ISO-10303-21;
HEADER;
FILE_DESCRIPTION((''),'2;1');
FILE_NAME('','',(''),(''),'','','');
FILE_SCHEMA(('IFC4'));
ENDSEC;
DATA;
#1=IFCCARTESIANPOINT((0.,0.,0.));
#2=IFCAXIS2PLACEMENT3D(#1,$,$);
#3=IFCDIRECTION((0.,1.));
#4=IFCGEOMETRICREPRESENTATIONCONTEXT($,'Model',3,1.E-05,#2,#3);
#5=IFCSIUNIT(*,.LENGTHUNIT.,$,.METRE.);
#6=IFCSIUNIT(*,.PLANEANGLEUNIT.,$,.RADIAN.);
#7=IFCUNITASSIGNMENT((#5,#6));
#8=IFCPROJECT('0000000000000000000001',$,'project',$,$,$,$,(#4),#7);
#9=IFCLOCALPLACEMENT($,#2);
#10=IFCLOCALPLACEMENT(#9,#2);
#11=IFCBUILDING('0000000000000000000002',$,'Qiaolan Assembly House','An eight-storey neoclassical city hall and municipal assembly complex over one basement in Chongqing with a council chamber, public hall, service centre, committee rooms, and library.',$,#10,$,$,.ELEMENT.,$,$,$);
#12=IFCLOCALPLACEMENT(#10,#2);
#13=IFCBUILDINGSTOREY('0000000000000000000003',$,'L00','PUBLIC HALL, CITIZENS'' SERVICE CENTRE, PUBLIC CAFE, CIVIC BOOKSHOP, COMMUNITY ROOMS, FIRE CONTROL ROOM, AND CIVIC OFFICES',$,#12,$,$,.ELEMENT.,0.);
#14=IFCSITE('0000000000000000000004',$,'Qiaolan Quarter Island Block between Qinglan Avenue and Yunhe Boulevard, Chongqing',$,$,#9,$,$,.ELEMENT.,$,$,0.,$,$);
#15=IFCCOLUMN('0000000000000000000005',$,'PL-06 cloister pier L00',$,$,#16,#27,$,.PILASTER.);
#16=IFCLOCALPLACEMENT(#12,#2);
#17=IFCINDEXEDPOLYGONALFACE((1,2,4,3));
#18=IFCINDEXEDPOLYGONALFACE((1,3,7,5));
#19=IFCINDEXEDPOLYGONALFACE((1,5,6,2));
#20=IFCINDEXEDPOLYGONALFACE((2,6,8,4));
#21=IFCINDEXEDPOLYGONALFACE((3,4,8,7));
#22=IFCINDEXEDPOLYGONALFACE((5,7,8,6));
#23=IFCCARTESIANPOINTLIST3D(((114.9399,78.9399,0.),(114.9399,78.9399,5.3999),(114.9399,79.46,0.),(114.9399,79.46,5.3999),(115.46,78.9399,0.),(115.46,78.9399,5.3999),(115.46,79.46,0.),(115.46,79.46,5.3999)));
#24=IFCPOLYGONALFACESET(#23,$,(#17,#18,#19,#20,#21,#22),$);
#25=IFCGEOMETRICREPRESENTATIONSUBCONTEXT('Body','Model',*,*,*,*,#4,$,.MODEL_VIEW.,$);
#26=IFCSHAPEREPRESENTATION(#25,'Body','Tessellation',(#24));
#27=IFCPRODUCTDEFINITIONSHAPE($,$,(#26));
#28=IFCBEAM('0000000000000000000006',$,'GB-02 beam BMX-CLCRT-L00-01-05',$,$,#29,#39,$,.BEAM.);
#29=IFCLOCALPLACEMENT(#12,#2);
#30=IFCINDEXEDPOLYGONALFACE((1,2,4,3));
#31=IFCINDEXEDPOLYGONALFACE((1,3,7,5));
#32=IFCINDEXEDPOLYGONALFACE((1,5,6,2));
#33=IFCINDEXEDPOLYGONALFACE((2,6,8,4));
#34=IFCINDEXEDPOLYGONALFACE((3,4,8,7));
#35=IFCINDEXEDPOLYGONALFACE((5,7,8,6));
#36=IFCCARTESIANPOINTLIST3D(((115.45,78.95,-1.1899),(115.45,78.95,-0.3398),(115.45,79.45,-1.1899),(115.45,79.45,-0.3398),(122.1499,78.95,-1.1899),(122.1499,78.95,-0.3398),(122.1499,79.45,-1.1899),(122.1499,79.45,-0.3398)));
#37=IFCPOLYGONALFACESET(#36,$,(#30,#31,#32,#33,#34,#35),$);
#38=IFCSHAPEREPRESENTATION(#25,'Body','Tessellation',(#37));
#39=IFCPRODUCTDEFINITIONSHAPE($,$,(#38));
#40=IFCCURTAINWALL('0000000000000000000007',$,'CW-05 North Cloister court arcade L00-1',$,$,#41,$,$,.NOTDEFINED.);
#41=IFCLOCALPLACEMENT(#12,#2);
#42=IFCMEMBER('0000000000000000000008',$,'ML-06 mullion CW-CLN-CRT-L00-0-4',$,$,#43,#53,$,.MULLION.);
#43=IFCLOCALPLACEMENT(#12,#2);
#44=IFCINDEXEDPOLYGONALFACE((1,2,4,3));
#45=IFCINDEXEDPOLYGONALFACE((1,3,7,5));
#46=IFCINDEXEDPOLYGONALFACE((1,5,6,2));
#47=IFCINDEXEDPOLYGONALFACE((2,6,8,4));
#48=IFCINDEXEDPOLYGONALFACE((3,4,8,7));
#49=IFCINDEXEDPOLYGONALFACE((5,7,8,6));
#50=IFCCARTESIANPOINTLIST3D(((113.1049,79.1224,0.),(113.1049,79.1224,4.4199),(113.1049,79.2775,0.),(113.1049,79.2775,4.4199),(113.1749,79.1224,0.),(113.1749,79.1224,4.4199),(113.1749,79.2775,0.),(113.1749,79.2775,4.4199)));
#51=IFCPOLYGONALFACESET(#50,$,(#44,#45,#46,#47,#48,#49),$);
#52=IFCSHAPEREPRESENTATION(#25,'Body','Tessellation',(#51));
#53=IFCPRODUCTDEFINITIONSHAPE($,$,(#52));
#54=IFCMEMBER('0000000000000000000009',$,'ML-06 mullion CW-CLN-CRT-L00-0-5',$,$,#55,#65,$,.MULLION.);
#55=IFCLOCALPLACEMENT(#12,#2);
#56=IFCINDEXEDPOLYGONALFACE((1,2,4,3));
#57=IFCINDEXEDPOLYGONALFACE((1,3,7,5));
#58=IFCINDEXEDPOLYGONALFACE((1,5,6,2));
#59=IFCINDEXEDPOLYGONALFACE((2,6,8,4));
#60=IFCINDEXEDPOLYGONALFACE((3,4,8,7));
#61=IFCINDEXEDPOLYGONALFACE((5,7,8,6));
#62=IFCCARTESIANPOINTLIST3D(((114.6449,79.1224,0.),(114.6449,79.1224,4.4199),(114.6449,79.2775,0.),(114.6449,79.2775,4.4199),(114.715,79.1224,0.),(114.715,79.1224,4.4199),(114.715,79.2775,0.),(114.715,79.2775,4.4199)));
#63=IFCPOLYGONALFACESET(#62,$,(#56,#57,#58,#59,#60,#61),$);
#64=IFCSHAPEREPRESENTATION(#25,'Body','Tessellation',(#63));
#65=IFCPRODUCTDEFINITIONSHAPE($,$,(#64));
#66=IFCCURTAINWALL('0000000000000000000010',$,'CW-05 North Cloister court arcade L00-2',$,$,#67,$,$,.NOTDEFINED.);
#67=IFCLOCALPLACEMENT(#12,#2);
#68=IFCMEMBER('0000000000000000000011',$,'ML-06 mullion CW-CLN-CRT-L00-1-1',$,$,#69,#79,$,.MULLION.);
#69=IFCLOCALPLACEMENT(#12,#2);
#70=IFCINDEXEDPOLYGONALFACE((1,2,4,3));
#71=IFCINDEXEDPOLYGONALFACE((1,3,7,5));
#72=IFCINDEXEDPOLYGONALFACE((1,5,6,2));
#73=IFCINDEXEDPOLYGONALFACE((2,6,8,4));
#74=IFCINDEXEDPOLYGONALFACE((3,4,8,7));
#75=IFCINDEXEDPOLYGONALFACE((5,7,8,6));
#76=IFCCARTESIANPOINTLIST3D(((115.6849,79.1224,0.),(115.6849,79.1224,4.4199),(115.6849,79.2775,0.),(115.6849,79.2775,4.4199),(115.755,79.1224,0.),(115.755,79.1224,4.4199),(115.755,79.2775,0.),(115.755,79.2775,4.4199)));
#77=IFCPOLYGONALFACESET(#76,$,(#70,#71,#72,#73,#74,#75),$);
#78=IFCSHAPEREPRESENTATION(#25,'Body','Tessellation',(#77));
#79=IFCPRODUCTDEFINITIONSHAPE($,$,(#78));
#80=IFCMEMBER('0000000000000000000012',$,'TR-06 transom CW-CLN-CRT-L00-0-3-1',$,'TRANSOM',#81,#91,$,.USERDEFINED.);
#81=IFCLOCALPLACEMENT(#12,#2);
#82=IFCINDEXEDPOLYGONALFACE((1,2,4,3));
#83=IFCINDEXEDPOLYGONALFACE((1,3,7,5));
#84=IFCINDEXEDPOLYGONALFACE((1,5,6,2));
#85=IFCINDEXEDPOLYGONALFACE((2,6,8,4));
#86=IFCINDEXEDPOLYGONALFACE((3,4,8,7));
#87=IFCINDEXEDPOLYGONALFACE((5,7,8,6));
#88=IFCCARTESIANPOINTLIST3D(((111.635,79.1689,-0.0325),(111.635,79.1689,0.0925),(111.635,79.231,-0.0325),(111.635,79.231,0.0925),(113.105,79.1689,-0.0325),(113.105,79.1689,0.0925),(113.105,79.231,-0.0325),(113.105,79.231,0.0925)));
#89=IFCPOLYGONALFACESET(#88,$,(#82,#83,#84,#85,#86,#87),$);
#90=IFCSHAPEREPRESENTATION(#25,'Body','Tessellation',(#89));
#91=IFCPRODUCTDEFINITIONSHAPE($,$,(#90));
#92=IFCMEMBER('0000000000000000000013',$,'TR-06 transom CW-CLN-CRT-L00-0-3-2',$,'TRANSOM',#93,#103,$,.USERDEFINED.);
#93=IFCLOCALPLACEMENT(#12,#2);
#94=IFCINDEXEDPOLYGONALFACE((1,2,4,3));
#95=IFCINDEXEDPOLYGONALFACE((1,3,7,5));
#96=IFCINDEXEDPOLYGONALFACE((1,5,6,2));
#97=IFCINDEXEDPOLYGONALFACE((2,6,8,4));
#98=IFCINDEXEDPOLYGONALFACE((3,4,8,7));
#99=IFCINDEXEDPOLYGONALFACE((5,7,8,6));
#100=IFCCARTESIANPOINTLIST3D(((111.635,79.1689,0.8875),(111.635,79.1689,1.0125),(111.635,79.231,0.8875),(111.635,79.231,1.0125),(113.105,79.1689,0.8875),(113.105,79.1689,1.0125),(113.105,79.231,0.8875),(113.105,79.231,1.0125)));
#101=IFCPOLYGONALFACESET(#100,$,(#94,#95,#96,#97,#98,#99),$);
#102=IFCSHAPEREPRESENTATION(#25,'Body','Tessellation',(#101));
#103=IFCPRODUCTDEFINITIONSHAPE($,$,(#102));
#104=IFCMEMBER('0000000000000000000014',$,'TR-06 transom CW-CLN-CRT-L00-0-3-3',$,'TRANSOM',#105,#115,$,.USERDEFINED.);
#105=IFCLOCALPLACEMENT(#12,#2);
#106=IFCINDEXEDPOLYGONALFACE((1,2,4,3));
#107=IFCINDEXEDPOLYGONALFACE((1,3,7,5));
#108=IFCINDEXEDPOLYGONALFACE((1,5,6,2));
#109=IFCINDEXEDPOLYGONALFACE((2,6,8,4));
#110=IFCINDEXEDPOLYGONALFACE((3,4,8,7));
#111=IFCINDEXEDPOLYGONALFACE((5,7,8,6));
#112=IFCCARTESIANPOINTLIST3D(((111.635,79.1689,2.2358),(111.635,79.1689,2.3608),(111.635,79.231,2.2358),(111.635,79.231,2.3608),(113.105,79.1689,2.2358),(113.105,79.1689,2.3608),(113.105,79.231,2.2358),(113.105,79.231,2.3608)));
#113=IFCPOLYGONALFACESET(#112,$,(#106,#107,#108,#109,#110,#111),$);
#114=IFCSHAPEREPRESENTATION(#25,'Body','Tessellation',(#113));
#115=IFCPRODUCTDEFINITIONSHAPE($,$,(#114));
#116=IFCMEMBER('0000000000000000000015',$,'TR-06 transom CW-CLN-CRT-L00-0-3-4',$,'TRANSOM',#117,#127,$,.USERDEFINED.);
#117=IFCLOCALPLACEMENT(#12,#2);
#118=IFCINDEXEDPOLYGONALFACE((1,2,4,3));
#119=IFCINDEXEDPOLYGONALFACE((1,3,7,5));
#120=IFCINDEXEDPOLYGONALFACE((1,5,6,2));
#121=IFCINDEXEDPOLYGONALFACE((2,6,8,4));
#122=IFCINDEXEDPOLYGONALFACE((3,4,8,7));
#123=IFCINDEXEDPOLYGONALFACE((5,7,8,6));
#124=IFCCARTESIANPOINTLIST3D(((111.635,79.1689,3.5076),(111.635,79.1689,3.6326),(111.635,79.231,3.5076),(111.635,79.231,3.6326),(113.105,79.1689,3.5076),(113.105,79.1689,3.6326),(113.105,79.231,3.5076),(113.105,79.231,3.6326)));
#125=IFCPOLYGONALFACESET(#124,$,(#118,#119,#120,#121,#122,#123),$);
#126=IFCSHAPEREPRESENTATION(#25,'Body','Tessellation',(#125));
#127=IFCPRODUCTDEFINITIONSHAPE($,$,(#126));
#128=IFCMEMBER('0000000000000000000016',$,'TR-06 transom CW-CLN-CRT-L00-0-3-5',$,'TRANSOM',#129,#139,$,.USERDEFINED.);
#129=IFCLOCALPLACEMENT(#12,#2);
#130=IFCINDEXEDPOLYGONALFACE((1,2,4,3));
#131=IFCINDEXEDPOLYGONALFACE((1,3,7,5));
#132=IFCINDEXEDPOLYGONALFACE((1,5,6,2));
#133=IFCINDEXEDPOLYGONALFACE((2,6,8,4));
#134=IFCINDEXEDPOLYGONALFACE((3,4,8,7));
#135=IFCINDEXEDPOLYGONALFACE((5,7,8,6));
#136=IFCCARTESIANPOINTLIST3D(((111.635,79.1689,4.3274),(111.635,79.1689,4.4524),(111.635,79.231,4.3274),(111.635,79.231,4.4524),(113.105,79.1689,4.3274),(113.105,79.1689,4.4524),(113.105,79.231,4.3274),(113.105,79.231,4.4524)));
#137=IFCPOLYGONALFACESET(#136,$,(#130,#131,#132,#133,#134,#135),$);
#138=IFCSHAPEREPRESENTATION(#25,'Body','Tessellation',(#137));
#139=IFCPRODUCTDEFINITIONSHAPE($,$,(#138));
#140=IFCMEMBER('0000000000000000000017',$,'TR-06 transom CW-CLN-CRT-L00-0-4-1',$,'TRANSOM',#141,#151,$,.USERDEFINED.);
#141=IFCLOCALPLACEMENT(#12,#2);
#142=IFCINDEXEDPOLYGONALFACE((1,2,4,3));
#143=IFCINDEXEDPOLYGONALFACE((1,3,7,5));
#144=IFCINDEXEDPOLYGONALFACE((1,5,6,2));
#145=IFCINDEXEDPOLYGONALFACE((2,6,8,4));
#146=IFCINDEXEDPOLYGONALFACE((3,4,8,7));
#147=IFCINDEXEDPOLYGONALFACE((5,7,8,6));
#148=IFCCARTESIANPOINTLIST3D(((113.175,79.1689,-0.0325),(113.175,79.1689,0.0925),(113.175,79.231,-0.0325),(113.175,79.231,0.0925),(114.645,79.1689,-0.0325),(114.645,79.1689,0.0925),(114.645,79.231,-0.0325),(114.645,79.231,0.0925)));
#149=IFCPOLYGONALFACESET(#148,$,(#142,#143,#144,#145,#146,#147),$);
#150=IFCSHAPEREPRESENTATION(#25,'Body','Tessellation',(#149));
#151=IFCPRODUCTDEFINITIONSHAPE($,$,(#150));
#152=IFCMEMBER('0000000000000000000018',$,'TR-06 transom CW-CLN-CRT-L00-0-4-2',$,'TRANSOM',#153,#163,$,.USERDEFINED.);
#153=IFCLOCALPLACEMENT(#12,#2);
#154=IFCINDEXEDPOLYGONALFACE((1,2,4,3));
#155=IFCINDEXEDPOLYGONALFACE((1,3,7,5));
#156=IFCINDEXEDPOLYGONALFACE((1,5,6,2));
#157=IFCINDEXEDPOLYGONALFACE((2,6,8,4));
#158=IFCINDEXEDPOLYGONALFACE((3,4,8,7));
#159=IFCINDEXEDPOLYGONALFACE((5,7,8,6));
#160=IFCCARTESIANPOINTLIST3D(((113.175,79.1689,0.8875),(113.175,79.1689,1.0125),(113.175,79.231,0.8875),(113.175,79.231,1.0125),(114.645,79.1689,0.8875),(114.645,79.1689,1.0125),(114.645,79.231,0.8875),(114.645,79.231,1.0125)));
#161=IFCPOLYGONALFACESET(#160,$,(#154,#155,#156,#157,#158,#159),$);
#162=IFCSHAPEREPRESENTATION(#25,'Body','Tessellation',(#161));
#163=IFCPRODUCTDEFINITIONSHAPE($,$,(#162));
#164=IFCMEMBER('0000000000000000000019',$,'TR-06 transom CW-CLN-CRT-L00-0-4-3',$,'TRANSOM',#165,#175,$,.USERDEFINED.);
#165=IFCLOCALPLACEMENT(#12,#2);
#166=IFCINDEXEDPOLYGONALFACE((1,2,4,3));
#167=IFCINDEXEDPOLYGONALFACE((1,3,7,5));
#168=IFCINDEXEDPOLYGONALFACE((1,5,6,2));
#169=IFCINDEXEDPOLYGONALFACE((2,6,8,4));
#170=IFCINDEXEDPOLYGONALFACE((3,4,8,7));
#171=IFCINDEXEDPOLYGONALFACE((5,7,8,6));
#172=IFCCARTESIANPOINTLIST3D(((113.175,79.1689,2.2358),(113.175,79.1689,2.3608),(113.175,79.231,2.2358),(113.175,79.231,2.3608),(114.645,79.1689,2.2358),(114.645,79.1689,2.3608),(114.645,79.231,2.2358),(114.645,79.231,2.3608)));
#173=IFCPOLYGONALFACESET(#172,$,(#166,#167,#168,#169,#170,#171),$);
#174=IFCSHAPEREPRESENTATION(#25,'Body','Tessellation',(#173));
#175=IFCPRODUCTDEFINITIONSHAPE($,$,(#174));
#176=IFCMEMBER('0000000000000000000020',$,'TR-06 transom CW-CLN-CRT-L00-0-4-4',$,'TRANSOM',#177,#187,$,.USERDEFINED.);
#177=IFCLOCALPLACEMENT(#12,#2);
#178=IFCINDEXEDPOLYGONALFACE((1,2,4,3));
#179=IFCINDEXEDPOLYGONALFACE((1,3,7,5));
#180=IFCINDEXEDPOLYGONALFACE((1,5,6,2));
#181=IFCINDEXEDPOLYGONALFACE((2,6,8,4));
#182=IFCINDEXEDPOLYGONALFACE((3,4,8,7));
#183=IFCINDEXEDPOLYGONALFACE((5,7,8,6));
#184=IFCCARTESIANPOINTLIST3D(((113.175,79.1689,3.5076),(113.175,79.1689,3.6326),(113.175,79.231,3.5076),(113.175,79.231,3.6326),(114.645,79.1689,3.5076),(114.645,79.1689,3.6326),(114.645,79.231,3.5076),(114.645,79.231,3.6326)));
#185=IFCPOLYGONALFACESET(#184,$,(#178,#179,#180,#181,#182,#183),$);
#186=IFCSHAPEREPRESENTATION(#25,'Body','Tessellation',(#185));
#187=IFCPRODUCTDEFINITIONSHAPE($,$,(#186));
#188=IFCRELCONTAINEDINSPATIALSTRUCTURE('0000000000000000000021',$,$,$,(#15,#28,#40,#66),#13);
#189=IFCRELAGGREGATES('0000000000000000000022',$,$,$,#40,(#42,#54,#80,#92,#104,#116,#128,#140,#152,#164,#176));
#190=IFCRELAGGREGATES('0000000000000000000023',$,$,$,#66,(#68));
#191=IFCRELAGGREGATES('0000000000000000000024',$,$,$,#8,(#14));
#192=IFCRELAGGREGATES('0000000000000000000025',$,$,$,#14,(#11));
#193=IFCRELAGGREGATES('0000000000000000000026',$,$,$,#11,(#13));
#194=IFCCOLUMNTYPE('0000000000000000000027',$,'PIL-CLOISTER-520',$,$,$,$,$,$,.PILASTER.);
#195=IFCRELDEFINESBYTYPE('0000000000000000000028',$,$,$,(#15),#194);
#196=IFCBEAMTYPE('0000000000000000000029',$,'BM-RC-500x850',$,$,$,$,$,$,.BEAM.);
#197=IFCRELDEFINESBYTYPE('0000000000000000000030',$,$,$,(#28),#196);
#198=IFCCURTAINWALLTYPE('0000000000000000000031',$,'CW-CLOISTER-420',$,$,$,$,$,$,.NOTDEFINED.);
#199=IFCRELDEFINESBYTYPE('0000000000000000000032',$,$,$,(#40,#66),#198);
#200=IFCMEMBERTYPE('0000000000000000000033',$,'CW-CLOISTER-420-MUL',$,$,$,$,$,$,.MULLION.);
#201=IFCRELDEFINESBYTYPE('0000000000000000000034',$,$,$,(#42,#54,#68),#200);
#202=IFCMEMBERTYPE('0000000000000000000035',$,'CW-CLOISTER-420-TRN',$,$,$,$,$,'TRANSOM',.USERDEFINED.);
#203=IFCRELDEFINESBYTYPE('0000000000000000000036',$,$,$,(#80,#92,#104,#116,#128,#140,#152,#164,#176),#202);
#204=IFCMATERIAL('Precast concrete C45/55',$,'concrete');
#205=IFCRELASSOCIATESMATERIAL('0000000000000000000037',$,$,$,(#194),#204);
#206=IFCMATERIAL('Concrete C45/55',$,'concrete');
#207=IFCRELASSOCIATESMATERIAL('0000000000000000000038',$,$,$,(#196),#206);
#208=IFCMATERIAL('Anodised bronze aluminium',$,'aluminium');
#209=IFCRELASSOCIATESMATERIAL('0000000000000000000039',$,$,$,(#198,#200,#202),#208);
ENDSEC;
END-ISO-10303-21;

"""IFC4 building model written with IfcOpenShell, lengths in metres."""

from ifc_helpers import new_model, si_unit, direction, frame, origin, origin_2d, place, context, subcontext, project, spatial, rectangle, extrude, material, material_profile, profile_set, type_object, element, aggregate, save


model = new_model("IFC4")

# Units and contexts
model_context = context("Model", 3, precision=1e-05, world=origin(), true_north=direction((0.0, 1.0)))
body_context = subcontext(model_context, "Body", "Model", "MODEL_VIEW")
ifc_project = project(units=[si_unit("LENGTHUNIT", "METRE"), si_unit("PLANEANGLEUNIT", "RADIAN")], contexts=[model_context])

# Site, building, storey
site_placement = place(None, origin())
site = spatial("IfcSite", under=ifc_project, at=site_placement, Name="Qiaolan Quarter Island Block between Qinglan Avenue and Yunhe Boulevard, Chongqing", CompositionType="ELEMENT", RefElevation=0.0)
building_placement = place(site_placement, origin())
building = spatial("IfcBuilding", under=site, at=building_placement, Name="Qiaolan Assembly House", Description="An eight-storey neoclassical city hall and municipal assembly complex over one basement in Chongqing with a council chamber, public hall, service centre, committee rooms, and library.", CompositionType="ELEMENT")
storey_placement = place(building_placement, origin())
storey = spatial("IfcBuildingStorey", under=building, at=storey_placement, Name="L00", Description="PUBLIC HALL, CITIZENS' SERVICE CENTRE, PUBLIC CAFE, CIVIC BOOKSHOP, COMMUNITY ROOMS, FIRE CONTROL ROOM, AND CIVIC OFFICES", CompositionType="ELEMENT", Elevation=0.0)

# Column
ifc_material_1 = material(Name="Precast concrete C45/55", Category="concrete")
ifc_material_profile_1 = material_profile(ifc_material_1, rectangle(XDim=0.52, YDim=0.52, at=origin_2d()), Name="PIL 520x520")
ifc_profile_set_1 = profile_set([ifc_material_profile_1], Name="Precast concrete C45/55")
column_type = type_object("IfcColumnType", Name="PIL-CLOISTER-520", PredefinedType="PILASTER", material=ifc_profile_set_1)
column_placement = place(storey_placement, frame((115.2, 79.2, 0.0), z_axis=(0.0, 0.0, 1.0), x_axis=(1.0, 0.0, 0.0)))
element("IfcColumn", 1, at=column_placement, inside=storey, type_object=column_type, Name="PL-06 cloister pier L00", PredefinedType="PILASTER", context=body_context, shape_type="SweptSolid", body=[
    extrude(rectangle(XDim=0.52, YDim=0.52, at=origin_2d()), origin(), (0.0, 0.0, 1.0), 5.3999),
])

# Beam
ifc_material_2 = material(Name="Concrete C45/55", Category="concrete")
ifc_material_profile_2 = material_profile(ifc_material_2, rectangle(XDim=0.5, YDim=0.8501, at=origin_2d()), Name="RCB 500x850")
ifc_profile_set_2 = profile_set([ifc_material_profile_2], Name="Concrete C45/55")
beam_type = type_object("IfcBeamType", Name="BM-RC-500x850", PredefinedType="BEAM", material=ifc_profile_set_2)
beam_placement = place(storey_placement, frame((115.45, 79.2, -0.7649), z_axis=(1.0, 0.0, 0.0), x_axis=(0.0, 1.0, 0.0)))
element("IfcBeam", 2, at=beam_placement, inside=storey, type_object=beam_type, Name="GB-02 beam BMX-CLCRT-L00-01-05", PredefinedType="BEAM", context=body_context, shape_type="SweptSolid", body=[
    extrude(rectangle(XDim=0.5, YDim=0.8501, at=origin_2d()), origin(), (0.0, 0.0, 1.0), 6.7),
])

# Curtain wall, members
ifc_material_3 = material(Name="Anodised bronze aluminium", Category="aluminium")
curtain_wall_type = type_object("IfcCurtainWallType", Name="CW-CLOISTER-420", PredefinedType="NOTDEFINED", material=ifc_material_3)
curtain_wall_1_placement = place(storey_placement, origin())
curtain_wall_1 = element("IfcCurtainWall", 3, at=curtain_wall_1_placement, inside=storey, type_object=curtain_wall_type, Name="CW-05 North Cloister court arcade L00-1", PredefinedType="NOTDEFINED")
ifc_material_profile_3 = material_profile(ifc_material_3, rectangle(XDim=0.0701, YDim=0.155, at=origin_2d()), Name="MUL 70x155")
ifc_profile_set_3 = profile_set([ifc_material_profile_3], Name="Anodised bronze aluminium")
member_type_1 = type_object("IfcMemberType", Name="CW-CLOISTER-420-MUL", PredefinedType="MULLION", material=ifc_profile_set_3)
member_1_placement = place(storey_placement, frame((113.1399, 79.2, 0.0), z_axis=(0.0, 0.0, 1.0), x_axis=(1.0, 0.0, 0.0)))
member_1 = element("IfcMember", 4, at=member_1_placement, type_object=member_type_1, Name="ML-06 mullion CW-CLN-CRT-L00-0-4", PredefinedType="MULLION", context=body_context, shape_type="SweptSolid", body=[
    extrude(rectangle(XDim=0.0701, YDim=0.155, at=origin_2d()), origin(), (0.0, 0.0, 1.0), 4.4199),
])
member_2_placement = place(storey_placement, frame((114.6799, 79.2, 0.0), z_axis=(0.0, 0.0, 1.0), x_axis=(1.0, 0.0, 0.0)))
member_2 = element("IfcMember", 5, at=member_2_placement, type_object=member_type_1, Name="ML-06 mullion CW-CLN-CRT-L00-0-5", PredefinedType="MULLION", context=body_context, shape_type="SweptSolid", body=[
    extrude(rectangle(XDim=0.0701, YDim=0.155, at=origin_2d()), origin(), (0.0, 0.0, 1.0), 4.4199),
])

# Curtain wall, member
curtain_wall_2_placement = place(storey_placement, origin())
curtain_wall_2 = element("IfcCurtainWall", 6, at=curtain_wall_2_placement, inside=storey, type_object=curtain_wall_type, Name="CW-05 North Cloister court arcade L00-2", PredefinedType="NOTDEFINED")
member_3_placement = place(storey_placement, frame((115.72, 79.2, 0.0), z_axis=(0.0, 0.0, 1.0), x_axis=(1.0, 0.0, 0.0)))
member_3 = element("IfcMember", 7, at=member_3_placement, type_object=member_type_1, Name="ML-06 mullion CW-CLN-CRT-L00-1-1", PredefinedType="MULLION", context=body_context, shape_type="SweptSolid", body=[
    extrude(rectangle(XDim=0.0701, YDim=0.155, at=origin_2d()), origin(), (0.0, 0.0, 1.0), 4.4199),
])

# Members
ifc_material_profile_4 = material_profile(ifc_material_3, rectangle(XDim=0.062, YDim=0.125, at=origin_2d()), Name="TRN 62x125")
ifc_profile_set_4 = profile_set([ifc_material_profile_4], Name="Anodised bronze aluminium")
member_type_2 = type_object("IfcMemberType", Name="CW-CLOISTER-420-TRN", ElementType="TRANSOM", PredefinedType="USERDEFINED", material=ifc_profile_set_4)
member_4_placement = place(storey_placement, frame((111.635, 79.2, 0.03), z_axis=(1.0, 0.0, 0.0), x_axis=(0.0, 1.0, 0.0)))
member_4 = element("IfcMember", 8, at=member_4_placement, type_object=member_type_2, Name="TR-06 transom CW-CLN-CRT-L00-0-3-1", ObjectType="TRANSOM", PredefinedType="USERDEFINED", context=body_context, shape_type="SweptSolid", body=[
    extrude(rectangle(XDim=0.062, YDim=0.125, at=origin_2d()), origin(), (0.0, 0.0, 1.0), 1.47),
])
member_5_placement = place(storey_placement, frame((111.635, 79.2, 0.95), z_axis=(1.0, 0.0, 0.0), x_axis=(0.0, 1.0, 0.0)))
member_5 = element("IfcMember", 9, at=member_5_placement, type_object=member_type_2, Name="TR-06 transom CW-CLN-CRT-L00-0-3-2", ObjectType="TRANSOM", PredefinedType="USERDEFINED", context=body_context, shape_type="SweptSolid", body=[
    extrude(rectangle(XDim=0.062, YDim=0.125, at=origin_2d()), origin(), (0.0, 0.0, 1.0), 1.47),
])
member_6_placement = place(storey_placement, frame((111.635, 79.2, 2.2983), z_axis=(1.0, 0.0, 0.0), x_axis=(0.0, 1.0, 0.0)))
member_6 = element("IfcMember", 10, at=member_6_placement, type_object=member_type_2, Name="TR-06 transom CW-CLN-CRT-L00-0-3-3", ObjectType="TRANSOM", PredefinedType="USERDEFINED", context=body_context, shape_type="SweptSolid", body=[
    extrude(rectangle(XDim=0.062, YDim=0.125, at=origin_2d()), origin(), (0.0, 0.0, 1.0), 1.47),
])
member_7_placement = place(storey_placement, frame((111.635, 79.2, 3.5701), z_axis=(1.0, 0.0, 0.0), x_axis=(0.0, 1.0, 0.0)))
member_7 = element("IfcMember", 11, at=member_7_placement, type_object=member_type_2, Name="TR-06 transom CW-CLN-CRT-L00-0-3-4", ObjectType="TRANSOM", PredefinedType="USERDEFINED", context=body_context, shape_type="SweptSolid", body=[
    extrude(rectangle(XDim=0.062, YDim=0.125, at=origin_2d()), origin(), (0.0, 0.0, 1.0), 1.47),
])
member_8_placement = place(storey_placement, frame((111.635, 79.2, 4.3899), z_axis=(1.0, 0.0, 0.0), x_axis=(0.0, 1.0, 0.0)))
member_8 = element("IfcMember", 12, at=member_8_placement, type_object=member_type_2, Name="TR-06 transom CW-CLN-CRT-L00-0-3-5", ObjectType="TRANSOM", PredefinedType="USERDEFINED", context=body_context, shape_type="SweptSolid", body=[
    extrude(rectangle(XDim=0.062, YDim=0.125, at=origin_2d()), origin(), (0.0, 0.0, 1.0), 1.47),
])
member_9_placement = place(storey_placement, frame((113.175, 79.2, 0.03), z_axis=(1.0, 0.0, 0.0), x_axis=(0.0, 1.0, 0.0)))
member_9 = element("IfcMember", 13, at=member_9_placement, type_object=member_type_2, Name="TR-06 transom CW-CLN-CRT-L00-0-4-1", ObjectType="TRANSOM", PredefinedType="USERDEFINED", context=body_context, shape_type="SweptSolid", body=[
    extrude(rectangle(XDim=0.062, YDim=0.125, at=origin_2d()), origin(), (0.0, 0.0, 1.0), 1.47),
])
member_10_placement = place(storey_placement, frame((113.175, 79.2, 0.95), z_axis=(1.0, 0.0, 0.0), x_axis=(0.0, 1.0, 0.0)))
member_10 = element("IfcMember", 14, at=member_10_placement, type_object=member_type_2, Name="TR-06 transom CW-CLN-CRT-L00-0-4-2", ObjectType="TRANSOM", PredefinedType="USERDEFINED", context=body_context, shape_type="SweptSolid", body=[
    extrude(rectangle(XDim=0.062, YDim=0.125, at=origin_2d()), origin(), (0.0, 0.0, 1.0), 1.47),
])
member_11_placement = place(storey_placement, frame((113.175, 79.2, 2.2983), z_axis=(1.0, 0.0, 0.0), x_axis=(0.0, 1.0, 0.0)))
member_11 = element("IfcMember", 15, at=member_11_placement, type_object=member_type_2, Name="TR-06 transom CW-CLN-CRT-L00-0-4-3", ObjectType="TRANSOM", PredefinedType="USERDEFINED", context=body_context, shape_type="SweptSolid", body=[
    extrude(rectangle(XDim=0.062, YDim=0.125, at=origin_2d()), origin(), (0.0, 0.0, 1.0), 1.47),
])
member_12_placement = place(storey_placement, frame((113.175, 79.2, 3.5701), z_axis=(1.0, 0.0, 0.0), x_axis=(0.0, 1.0, 0.0)))
member_12 = element("IfcMember", 16, at=member_12_placement, type_object=member_type_2, Name="TR-06 transom CW-CLN-CRT-L00-0-4-4", ObjectType="TRANSOM", PredefinedType="USERDEFINED", context=body_context, shape_type="SweptSolid", body=[
    extrude(rectangle(XDim=0.062, YDim=0.125, at=origin_2d()), origin(), (0.0, 0.0, 1.0), 1.47),
])

aggregate(curtain_wall_1, [member_1, member_2, member_4, member_5, member_6, member_7, member_8, member_9, member_10, member_11, member_12])
aggregate(curtain_wall_2, [member_3])

save(model, "model.ifc")
